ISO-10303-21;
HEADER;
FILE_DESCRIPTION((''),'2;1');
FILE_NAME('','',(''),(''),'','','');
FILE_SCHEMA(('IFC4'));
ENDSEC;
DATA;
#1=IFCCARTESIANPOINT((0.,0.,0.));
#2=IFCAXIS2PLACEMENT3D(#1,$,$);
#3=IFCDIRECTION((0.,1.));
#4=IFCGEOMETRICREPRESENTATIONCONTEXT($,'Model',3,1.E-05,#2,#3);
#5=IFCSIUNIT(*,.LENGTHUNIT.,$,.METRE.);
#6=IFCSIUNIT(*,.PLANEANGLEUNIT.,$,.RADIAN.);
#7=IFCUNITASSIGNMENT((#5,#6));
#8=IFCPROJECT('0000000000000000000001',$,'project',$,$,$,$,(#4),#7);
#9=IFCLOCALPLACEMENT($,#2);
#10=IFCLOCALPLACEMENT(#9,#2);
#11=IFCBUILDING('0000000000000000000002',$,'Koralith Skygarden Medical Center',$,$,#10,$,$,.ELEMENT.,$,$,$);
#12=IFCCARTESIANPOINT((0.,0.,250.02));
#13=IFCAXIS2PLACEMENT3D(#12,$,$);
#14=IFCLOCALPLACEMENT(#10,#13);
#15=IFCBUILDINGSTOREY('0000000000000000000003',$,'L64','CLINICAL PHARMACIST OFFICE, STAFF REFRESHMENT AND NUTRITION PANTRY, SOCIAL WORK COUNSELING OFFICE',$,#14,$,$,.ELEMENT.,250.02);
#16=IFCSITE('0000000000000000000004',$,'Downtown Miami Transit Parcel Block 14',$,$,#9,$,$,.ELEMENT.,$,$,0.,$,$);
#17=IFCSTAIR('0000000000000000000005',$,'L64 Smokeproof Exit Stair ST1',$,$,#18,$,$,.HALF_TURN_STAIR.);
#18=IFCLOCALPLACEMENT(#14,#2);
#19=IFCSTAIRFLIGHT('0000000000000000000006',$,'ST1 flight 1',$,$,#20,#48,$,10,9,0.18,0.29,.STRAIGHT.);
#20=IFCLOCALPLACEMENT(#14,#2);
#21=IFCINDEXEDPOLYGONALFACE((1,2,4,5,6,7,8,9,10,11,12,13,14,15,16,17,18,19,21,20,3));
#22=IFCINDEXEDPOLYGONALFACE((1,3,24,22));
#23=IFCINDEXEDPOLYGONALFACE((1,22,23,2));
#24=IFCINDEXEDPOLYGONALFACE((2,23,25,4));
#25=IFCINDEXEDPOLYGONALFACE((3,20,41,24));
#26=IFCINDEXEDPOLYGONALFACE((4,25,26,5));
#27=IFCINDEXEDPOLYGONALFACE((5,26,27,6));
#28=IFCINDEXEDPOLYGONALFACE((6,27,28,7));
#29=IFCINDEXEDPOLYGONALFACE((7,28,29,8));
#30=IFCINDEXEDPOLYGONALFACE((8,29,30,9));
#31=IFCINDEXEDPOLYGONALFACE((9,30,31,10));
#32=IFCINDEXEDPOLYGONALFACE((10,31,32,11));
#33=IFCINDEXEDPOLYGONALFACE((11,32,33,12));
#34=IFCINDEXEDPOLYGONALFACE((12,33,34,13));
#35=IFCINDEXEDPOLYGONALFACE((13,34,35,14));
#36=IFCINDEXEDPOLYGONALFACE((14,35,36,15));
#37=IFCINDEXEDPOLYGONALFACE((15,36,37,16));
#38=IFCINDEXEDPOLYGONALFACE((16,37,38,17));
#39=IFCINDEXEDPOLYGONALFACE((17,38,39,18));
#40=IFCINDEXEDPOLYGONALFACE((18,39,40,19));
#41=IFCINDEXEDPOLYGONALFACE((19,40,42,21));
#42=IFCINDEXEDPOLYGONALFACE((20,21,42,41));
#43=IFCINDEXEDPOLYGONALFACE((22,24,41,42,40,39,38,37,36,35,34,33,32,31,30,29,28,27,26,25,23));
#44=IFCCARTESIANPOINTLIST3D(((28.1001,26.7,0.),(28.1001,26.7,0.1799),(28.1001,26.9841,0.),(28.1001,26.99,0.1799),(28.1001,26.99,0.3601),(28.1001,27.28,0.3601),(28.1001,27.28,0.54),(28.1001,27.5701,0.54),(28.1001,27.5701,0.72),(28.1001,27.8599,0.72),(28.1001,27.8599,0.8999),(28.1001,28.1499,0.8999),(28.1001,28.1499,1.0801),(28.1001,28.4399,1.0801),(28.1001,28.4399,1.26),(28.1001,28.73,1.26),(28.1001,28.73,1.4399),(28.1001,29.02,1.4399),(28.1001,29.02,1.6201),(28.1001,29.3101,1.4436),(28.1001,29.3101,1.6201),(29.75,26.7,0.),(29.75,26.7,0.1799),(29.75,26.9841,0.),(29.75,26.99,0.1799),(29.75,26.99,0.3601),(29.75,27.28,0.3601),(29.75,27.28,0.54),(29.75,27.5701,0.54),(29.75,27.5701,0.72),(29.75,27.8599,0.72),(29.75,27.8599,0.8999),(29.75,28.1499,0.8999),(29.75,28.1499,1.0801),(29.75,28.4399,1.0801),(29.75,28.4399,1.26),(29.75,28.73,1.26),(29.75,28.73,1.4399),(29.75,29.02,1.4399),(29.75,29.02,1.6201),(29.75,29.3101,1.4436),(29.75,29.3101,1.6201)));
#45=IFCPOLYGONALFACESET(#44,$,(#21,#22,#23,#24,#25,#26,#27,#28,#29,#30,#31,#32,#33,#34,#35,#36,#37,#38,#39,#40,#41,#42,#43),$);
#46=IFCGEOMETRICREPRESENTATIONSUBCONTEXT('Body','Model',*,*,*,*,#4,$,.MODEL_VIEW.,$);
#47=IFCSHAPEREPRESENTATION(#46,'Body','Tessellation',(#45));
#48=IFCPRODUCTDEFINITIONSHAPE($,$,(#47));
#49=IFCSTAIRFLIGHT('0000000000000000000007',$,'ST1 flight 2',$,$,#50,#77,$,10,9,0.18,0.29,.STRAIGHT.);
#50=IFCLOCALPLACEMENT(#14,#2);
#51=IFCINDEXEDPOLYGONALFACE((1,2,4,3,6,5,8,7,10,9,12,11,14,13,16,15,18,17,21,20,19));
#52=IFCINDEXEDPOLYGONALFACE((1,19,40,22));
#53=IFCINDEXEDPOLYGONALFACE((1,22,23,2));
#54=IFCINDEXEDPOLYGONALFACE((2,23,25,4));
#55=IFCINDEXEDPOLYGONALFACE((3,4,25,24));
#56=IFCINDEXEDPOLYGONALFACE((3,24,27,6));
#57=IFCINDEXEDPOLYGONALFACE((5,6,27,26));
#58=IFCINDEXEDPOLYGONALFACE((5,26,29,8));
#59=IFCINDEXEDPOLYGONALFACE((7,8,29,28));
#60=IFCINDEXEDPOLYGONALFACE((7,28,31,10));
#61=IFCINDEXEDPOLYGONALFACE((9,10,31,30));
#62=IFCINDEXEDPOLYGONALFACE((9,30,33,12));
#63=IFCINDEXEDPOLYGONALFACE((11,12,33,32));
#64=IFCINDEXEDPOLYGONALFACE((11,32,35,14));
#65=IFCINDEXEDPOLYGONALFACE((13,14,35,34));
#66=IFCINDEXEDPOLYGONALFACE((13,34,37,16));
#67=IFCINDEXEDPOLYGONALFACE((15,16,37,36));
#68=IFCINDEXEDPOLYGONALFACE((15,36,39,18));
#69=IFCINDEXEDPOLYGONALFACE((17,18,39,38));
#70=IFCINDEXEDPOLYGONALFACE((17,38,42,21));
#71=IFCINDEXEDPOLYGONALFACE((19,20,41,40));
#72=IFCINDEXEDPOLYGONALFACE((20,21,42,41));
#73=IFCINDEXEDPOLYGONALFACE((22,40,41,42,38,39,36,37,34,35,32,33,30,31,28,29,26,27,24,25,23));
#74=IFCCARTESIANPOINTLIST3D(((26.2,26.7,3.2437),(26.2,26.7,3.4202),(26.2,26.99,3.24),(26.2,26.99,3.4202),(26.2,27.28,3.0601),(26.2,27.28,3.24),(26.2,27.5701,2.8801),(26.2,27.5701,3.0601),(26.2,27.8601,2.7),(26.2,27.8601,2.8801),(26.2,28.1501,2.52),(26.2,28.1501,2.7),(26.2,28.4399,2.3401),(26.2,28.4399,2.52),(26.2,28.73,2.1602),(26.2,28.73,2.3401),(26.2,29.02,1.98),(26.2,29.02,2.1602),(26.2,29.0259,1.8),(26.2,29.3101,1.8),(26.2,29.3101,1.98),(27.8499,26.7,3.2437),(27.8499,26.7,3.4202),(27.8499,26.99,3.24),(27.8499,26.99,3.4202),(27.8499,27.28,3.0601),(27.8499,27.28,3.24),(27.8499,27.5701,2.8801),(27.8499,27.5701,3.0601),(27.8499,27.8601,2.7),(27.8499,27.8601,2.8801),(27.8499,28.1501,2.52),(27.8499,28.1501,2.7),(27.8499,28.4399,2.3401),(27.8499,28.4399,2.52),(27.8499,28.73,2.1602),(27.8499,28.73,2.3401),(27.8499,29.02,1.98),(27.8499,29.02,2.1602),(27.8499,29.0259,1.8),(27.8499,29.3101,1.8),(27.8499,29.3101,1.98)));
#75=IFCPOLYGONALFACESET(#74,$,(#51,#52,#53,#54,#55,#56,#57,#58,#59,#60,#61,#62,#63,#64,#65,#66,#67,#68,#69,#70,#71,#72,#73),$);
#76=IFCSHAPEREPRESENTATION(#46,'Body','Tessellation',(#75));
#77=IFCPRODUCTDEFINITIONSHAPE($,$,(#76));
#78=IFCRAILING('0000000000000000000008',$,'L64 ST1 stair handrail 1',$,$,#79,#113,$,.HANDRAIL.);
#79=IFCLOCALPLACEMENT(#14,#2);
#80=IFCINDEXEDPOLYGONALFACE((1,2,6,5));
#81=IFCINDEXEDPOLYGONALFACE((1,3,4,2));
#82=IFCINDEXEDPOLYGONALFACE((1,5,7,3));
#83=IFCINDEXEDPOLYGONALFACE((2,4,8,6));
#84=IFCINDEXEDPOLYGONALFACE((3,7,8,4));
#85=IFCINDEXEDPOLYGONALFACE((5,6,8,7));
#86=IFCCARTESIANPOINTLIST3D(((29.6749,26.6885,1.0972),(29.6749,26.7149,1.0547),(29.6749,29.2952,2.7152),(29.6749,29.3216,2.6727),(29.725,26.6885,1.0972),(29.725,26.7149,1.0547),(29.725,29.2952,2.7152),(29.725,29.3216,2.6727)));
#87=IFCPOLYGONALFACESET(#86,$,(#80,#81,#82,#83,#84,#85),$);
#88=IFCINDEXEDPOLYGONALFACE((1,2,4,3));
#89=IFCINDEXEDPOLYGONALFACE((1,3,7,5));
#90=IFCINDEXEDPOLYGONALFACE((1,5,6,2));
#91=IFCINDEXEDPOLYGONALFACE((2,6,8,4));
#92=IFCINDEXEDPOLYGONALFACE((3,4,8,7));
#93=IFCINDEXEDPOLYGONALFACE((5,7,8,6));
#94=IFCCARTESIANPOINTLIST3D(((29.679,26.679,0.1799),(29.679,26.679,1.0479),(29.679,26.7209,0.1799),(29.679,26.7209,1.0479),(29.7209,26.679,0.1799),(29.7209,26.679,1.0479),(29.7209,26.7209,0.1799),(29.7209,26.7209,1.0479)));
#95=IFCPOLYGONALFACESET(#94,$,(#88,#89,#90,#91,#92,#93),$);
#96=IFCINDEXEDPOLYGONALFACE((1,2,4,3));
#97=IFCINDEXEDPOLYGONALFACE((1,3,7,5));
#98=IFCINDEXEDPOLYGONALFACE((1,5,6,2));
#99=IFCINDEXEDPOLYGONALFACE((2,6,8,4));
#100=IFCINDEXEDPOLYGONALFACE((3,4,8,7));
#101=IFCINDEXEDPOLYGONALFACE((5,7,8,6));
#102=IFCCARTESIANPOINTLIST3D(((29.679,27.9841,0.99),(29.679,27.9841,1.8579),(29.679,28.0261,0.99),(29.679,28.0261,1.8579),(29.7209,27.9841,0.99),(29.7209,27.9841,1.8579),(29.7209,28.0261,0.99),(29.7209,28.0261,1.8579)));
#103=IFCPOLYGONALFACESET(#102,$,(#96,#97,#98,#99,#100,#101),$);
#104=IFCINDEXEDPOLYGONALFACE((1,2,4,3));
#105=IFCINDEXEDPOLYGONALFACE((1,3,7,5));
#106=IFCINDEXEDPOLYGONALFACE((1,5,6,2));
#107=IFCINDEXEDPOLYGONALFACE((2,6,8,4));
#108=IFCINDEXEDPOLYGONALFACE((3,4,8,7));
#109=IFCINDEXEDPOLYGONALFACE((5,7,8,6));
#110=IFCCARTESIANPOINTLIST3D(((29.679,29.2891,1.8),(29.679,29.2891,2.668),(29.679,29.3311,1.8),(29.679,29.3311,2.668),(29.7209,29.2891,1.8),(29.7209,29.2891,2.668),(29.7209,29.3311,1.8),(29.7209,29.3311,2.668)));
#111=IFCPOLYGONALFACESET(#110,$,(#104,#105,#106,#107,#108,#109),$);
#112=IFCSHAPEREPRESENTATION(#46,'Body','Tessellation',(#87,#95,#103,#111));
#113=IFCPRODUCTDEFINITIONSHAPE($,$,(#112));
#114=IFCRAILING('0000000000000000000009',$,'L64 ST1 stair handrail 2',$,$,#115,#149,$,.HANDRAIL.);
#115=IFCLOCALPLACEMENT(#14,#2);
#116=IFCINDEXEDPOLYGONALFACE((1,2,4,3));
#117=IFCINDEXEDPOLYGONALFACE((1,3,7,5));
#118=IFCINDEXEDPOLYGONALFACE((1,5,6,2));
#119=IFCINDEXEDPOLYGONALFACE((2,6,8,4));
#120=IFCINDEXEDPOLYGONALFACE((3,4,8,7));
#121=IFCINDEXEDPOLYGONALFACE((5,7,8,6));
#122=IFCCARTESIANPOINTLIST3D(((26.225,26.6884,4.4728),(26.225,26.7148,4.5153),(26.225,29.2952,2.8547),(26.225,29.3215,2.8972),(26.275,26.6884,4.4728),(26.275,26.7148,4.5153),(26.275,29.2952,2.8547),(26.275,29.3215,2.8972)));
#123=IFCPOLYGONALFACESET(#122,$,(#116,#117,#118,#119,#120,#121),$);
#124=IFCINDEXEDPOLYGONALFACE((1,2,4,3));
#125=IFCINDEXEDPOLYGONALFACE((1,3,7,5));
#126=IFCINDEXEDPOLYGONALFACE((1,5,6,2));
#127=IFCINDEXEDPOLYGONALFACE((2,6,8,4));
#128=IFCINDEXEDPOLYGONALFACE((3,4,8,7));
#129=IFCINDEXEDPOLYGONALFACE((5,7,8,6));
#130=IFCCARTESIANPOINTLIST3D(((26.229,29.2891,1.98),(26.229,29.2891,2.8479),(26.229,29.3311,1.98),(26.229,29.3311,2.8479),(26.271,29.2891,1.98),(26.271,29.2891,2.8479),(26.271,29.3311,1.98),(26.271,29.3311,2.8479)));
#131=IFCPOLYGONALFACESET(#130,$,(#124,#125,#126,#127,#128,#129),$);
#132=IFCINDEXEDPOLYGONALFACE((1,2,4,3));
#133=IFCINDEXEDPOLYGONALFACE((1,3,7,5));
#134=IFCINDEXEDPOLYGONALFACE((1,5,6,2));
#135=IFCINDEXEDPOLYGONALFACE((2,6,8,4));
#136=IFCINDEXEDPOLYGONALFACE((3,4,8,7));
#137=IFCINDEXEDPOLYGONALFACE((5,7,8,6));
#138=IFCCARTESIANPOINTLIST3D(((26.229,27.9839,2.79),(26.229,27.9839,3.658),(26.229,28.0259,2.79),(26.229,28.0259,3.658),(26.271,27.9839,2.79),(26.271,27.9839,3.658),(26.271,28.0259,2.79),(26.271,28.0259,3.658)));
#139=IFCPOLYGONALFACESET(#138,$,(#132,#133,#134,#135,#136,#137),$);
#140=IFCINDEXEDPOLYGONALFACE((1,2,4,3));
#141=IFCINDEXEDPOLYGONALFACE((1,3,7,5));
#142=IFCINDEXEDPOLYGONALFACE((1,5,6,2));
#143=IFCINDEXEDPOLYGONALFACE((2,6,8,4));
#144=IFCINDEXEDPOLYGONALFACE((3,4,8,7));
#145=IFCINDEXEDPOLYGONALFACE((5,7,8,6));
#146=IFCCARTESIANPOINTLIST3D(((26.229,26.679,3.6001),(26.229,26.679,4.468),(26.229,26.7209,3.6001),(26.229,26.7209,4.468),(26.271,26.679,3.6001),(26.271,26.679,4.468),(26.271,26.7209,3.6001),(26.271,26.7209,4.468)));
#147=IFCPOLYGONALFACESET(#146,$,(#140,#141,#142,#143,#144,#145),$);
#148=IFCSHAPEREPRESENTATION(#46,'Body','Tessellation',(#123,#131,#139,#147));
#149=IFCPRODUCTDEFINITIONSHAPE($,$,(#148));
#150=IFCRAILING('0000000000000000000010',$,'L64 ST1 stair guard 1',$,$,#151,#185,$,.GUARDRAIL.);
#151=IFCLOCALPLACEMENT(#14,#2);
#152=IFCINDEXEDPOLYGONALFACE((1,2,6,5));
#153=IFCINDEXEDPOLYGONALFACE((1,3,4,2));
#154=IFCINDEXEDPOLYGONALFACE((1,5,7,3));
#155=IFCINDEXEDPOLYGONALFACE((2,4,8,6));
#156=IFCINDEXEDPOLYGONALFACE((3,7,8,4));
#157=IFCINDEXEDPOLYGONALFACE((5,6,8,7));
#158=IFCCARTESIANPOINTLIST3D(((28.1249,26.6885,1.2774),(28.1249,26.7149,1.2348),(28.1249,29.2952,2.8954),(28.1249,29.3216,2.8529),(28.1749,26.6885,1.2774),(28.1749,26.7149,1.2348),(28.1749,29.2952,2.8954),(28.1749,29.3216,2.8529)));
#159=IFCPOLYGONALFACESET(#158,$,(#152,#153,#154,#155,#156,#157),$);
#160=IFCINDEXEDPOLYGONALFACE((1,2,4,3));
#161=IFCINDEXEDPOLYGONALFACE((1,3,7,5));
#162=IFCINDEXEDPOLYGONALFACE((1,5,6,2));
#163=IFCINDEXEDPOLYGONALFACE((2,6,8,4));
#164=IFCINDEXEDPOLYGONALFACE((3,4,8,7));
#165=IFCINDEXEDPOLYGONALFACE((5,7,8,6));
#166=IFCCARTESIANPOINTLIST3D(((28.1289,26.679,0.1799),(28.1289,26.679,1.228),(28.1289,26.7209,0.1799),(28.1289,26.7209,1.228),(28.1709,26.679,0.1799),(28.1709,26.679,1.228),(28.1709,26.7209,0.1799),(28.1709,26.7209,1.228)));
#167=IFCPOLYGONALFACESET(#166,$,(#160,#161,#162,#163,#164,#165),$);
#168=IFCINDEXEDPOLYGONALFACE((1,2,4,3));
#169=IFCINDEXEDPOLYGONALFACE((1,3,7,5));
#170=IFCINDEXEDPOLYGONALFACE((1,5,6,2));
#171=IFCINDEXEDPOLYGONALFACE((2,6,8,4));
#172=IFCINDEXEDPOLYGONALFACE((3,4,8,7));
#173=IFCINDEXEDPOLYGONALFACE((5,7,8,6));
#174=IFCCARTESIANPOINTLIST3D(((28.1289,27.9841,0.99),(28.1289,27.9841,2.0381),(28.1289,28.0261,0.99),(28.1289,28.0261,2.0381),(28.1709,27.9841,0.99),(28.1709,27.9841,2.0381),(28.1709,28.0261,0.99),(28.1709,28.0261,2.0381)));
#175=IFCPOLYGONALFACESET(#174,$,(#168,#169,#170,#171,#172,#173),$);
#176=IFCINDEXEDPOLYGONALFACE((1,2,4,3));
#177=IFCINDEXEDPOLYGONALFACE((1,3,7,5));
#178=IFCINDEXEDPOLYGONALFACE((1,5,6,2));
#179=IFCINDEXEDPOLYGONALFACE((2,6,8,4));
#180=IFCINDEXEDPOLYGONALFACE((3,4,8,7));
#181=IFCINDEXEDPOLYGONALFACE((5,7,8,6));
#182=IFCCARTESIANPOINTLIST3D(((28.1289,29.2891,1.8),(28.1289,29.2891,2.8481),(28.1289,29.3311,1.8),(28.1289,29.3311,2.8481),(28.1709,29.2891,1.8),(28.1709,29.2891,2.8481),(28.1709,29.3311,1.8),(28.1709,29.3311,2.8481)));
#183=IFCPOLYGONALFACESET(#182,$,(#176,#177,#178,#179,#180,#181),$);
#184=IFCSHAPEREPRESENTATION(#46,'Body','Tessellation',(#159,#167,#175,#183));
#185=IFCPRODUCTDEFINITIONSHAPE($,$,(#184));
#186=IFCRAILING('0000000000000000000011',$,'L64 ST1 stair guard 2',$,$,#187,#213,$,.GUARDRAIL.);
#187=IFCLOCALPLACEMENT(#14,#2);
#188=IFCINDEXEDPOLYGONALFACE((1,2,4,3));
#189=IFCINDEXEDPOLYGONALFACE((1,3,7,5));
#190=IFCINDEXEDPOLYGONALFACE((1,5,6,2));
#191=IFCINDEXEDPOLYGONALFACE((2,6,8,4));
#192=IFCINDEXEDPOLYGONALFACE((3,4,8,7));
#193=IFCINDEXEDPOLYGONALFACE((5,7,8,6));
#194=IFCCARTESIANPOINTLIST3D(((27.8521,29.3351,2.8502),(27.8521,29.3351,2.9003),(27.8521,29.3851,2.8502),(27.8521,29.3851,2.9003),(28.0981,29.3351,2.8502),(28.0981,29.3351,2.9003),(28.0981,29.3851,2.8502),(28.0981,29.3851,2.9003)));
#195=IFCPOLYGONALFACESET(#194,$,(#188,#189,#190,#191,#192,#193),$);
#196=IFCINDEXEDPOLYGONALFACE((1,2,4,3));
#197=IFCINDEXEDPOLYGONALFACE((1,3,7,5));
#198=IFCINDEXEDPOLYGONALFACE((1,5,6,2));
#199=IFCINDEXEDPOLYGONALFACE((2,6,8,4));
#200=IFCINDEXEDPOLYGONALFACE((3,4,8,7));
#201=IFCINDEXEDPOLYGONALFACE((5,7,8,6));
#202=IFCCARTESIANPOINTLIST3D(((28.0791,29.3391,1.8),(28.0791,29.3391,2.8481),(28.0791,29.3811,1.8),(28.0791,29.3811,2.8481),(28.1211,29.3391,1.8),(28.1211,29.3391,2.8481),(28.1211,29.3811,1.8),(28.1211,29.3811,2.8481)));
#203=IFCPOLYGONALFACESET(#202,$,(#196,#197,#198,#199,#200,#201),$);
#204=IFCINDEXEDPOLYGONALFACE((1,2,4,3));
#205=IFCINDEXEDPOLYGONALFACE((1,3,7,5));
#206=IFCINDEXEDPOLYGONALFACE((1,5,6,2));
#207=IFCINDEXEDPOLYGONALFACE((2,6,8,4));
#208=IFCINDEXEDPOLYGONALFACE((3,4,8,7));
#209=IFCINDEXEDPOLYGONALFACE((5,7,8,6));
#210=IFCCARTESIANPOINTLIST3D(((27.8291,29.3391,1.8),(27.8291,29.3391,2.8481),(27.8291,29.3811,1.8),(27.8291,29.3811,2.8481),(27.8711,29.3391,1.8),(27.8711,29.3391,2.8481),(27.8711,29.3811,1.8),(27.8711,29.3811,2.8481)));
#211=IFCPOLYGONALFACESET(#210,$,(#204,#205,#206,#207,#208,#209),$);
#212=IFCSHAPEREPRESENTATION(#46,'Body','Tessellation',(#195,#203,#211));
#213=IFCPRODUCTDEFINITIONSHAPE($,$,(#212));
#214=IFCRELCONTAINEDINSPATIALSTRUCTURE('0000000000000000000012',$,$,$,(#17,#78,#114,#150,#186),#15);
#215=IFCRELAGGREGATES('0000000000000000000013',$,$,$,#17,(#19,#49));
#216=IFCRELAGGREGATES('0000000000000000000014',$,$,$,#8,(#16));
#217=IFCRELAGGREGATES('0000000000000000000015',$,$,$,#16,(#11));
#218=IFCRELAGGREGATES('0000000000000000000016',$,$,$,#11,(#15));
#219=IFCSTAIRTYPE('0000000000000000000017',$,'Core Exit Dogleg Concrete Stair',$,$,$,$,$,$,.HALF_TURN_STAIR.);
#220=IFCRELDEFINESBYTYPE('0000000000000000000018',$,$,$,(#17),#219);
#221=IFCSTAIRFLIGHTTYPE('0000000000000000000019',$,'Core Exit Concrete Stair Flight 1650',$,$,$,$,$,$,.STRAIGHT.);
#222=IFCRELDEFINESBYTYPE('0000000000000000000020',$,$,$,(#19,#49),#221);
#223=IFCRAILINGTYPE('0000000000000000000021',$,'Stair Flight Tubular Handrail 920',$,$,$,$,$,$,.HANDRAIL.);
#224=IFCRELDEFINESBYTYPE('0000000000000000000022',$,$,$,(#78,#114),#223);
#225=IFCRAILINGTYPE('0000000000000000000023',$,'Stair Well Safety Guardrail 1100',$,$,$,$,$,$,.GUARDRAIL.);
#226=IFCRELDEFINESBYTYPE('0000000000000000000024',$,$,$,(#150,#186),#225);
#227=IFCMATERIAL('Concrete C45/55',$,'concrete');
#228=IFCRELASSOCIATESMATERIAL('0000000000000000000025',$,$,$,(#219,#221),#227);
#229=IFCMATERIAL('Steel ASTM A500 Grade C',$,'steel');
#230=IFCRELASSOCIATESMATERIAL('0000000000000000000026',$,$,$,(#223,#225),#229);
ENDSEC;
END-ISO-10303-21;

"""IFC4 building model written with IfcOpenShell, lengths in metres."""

from ifc_helpers import new_model, si_unit, direction, frame, origin, origin_2d, place, context, subcontext, project, spatial, polyline, rectangle, outline, extrude, material, type_object, element, aggregate, save


model = new_model("IFC4")

# Units and contexts
model_context = context("Model", 3, precision=1e-05, world=origin(), true_north=direction((0.0, 1.0)))
body_context = subcontext(model_context, "Body", "Model", "MODEL_VIEW")
ifc_project = project(units=[si_unit("LENGTHUNIT", "METRE"), si_unit("PLANEANGLEUNIT", "RADIAN")], contexts=[model_context])

# Site, building, storey
site_placement = place(None, origin())
site = spatial("IfcSite", under=ifc_project, at=site_placement, Name="Downtown Miami Transit Parcel Block 14", CompositionType="ELEMENT", RefElevation=0.0)
building_placement = place(site_placement, origin())
building = spatial("IfcBuilding", under=site, at=building_placement, Name="Koralith Skygarden Medical Center", CompositionType="ELEMENT")
storey_placement = place(building_placement, frame((0.0, 0.0, 250.02)))
storey = spatial("IfcBuildingStorey", under=building, at=storey_placement, Name="L64", Description="CLINICAL PHARMACIST OFFICE, STAFF REFRESHMENT AND NUTRITION PANTRY, SOCIAL WORK COUNSELING OFFICE", CompositionType="ELEMENT", Elevation=250.02)

# Shared definitions
ifc_material_1 = material(Name="Concrete C45/55", Category="concrete")

# Shared definitions
ifc_material_2 = material(Name="Steel ASTM A500 Grade C", Category="steel")

# Stair, stair flights
stair_type = type_object("IfcStairType", Name="Core Exit Dogleg Concrete Stair", PredefinedType="HALF_TURN_STAIR", material=ifc_material_1)
stair_placement = place(storey_placement, origin())
stair = element("IfcStair", 1, at=stair_placement, inside=storey, type_object=stair_type, Name="L64 Smokeproof Exit Stair ST1", PredefinedType="HALF_TURN_STAIR")
stair_flight_type = type_object("IfcStairFlightType", Name="Core Exit Concrete Stair Flight 1650", PredefinedType="STRAIGHT", material=ifc_material_1)
stair_flight_1_placement = place(storey_placement, frame((28.925, 26.7, 0.0), z_axis=(0.0, 0.0, 1.0), x_axis=(0.0, 1.0, 0.0)))
stair_flight_1 = element("IfcStairFlight", 2, at=stair_flight_1_placement, type_object=stair_flight_type, Name="ST1 flight 1", NumberOfRisers=10, NumberOfTreads=9, PredefinedType="STRAIGHT", RiserHeight=0.18, TreadLength=0.29, context=body_context, shape_type="SweptSolid", body=[
    extrude(outline(polyline([(0.0, 0.0), (0.0, 0.1799), (0.29, 0.1799), (0.29, 0.3601), (0.5801, 0.3601), (0.5801, 0.54), (0.8701, 0.54), (0.8701, 0.72), (1.1599, 0.72), (1.1599, 0.8999), (1.45, 0.8999), (1.45, 1.0801), (1.74, 1.0801), (1.74, 1.26), (2.03, 1.26), (2.03, 1.4399), (2.3201, 1.4399), (2.3201, 1.6201), (2.6101, 1.6201), (2.6101, 1.8), (2.6101, 1.4436), (0.2842, 0.0), (0.0, 0.0)])), frame((0.0, 0.825, 0.0), z_axis=(0.0, -1.0, 0.0), x_axis=(1.0, 0.0, 0.0)), (0.0, 0.0, 1.0), 1.6499),
])
stair_flight_2_placement = place(storey_placement, frame((27.0249, 29.3101, 1.8), z_axis=(0.0, 0.0, 1.0), x_axis=(0.0, -1.0, 0.0)))
stair_flight_2 = element("IfcStairFlight", 3, at=stair_flight_2_placement, type_object=stair_flight_type, Name="ST1 flight 2", NumberOfRisers=10, NumberOfTreads=9, PredefinedType="STRAIGHT", RiserHeight=0.18, TreadLength=0.29, context=body_context, shape_type="SweptSolid", body=[
    extrude(outline(polyline([(0.0, 0.0), (0.0, 0.1799), (0.29, 0.1799), (0.29, 0.3601), (0.5801, 0.3601), (0.5801, 0.54), (0.8701, 0.54), (0.8701, 0.72), (1.1599, 0.72), (1.1599, 0.8999), (1.45, 0.8999), (1.45, 1.0801), (1.74, 1.0801), (1.74, 1.26), (2.03, 1.26), (2.03, 1.4399), (2.3201, 1.4399), (2.3201, 1.6201), (2.6101, 1.6201), (2.6101, 1.8), (2.6101, 1.4436), (0.2842, 0.0), (0.0, 0.0)])), frame((0.0, 0.825, 0.0), z_axis=(0.0, -1.0, 0.0), x_axis=(1.0, 0.0, 0.0)), (0.0, 0.0, 1.0), 1.6499),
])
aggregate(stair, [stair_flight_1, stair_flight_2])

# Railings
railing_type_1 = type_object("IfcRailingType", Name="Stair Flight Tubular Handrail 920", PredefinedType="HANDRAIL", material=ifc_material_2)
railing_1_placement = place(storey_placement, frame((29.7, 26.7, 0.1799)))
element("IfcRailing", 4, at=railing_1_placement, inside=storey, type_object=railing_type_1, Name="L64 ST1 stair handrail 1", PredefinedType="HANDRAIL", context=body_context, shape_type="SweptSolid", body=[
    extrude(rectangle(XDim=0.05, YDim=0.05, at=origin_2d()), frame((0.0, 0.0017, 0.896), z_axis=(0.0, 0.849633, 0.527375), x_axis=(-1.0, 0.0, 0.0)), (0.0, 0.0, 1.0), 3.0681),
    extrude(rectangle(XDim=0.042, YDim=0.042, at=origin_2d()), origin(), (0.0, 0.0, 1.0), 0.8679),
    extrude(rectangle(XDim=0.042, YDim=0.042, at=origin_2d()), frame((0.0, 1.3052, 0.8101)), (0.0, 0.0, 1.0), 0.8679),
    extrude(rectangle(XDim=0.042, YDim=0.042, at=origin_2d()), frame((0.0, 2.6101, 1.6201)), (0.0, 0.0, 1.0), 0.8679),
])
railing_2_placement = place(storey_placement, frame((26.25, 29.3101, 1.98)))
element("IfcRailing", 5, at=railing_2_placement, inside=storey, type_object=railing_type_1, Name="L64 ST1 stair handrail 2", PredefinedType="HANDRAIL", context=body_context, shape_type="SweptSolid", body=[
    extrude(rectangle(XDim=0.05, YDim=0.05, at=origin_2d()), frame((0.0, -0.0017, 0.896), z_axis=(0.0, -0.849633, 0.527375), x_axis=(1.0, 0.0, 0.0)), (0.0, 0.0, 1.0), 3.0681),
    extrude(rectangle(XDim=0.042, YDim=0.042, at=origin_2d()), origin(), (0.0, 0.0, 1.0), 0.8679),
    extrude(rectangle(XDim=0.042, YDim=0.042, at=origin_2d()), frame((0.0, -1.3052, 0.8101)), (0.0, 0.0, 1.0), 0.8679),
    extrude(rectangle(XDim=0.042, YDim=0.042, at=origin_2d()), frame((0.0, -2.6101, 1.6201)), (0.0, 0.0, 1.0), 0.8679),
])
railing_type_2 = type_object("IfcRailingType", Name="Stair Well Safety Guardrail 1100", PredefinedType="GUARDRAIL", material=ifc_material_2)
railing_3_placement = place(storey_placement, frame((28.1499, 26.7, 0.1799)))
element("IfcRailing", 6, at=railing_3_placement, inside=storey, type_object=railing_type_2, Name="L64 ST1 stair guard 1", PredefinedType="GUARDRAIL", context=body_context, shape_type="SweptSolid", body=[
    extrude(rectangle(XDim=0.05, YDim=0.05, at=origin_2d()), frame((0.0, 0.0017, 1.0762), z_axis=(0.0, 0.849633, 0.527375), x_axis=(-1.0, 0.0, 0.0)), (0.0, 0.0, 1.0), 3.0681),
    extrude(rectangle(XDim=0.042, YDim=0.042, at=origin_2d()), origin(), (0.0, 0.0, 1.0), 1.0481),
    extrude(rectangle(XDim=0.042, YDim=0.042, at=origin_2d()), frame((0.0, 1.3052, 0.8101)), (0.0, 0.0, 1.0), 1.0481),
    extrude(rectangle(XDim=0.042, YDim=0.042, at=origin_2d()), frame((0.0, 2.6101, 1.6201)), (0.0, 0.0, 1.0), 1.0481),
])
railing_4_placement = place(storey_placement, frame((28.1001, 29.3601, 1.8)))
element("IfcRailing", 7, at=railing_4_placement, inside=storey, type_object=railing_type_2, Name="L64 ST1 stair guard 2", PredefinedType="GUARDRAIL", context=body_context, shape_type="SweptSolid", body=[
    extrude(rectangle(XDim=0.05, YDim=0.05, at=origin_2d()), frame((-0.002, 0.0, 1.0752), z_axis=(-1.0, 0.0, 0.0), x_axis=(0.0, -1.0, 0.0)), (0.0, 0.0, 1.0), 0.2461),
    extrude(rectangle(XDim=0.042, YDim=0.042, at=origin_2d()), origin(), (0.0, 0.0, 1.0), 1.0481),
    extrude(rectangle(XDim=0.042, YDim=0.042, at=origin_2d()), frame((-0.25, 0.0, 0.0)), (0.0, 0.0, 1.0), 1.0481),
])

save(model, "model.ifc")
